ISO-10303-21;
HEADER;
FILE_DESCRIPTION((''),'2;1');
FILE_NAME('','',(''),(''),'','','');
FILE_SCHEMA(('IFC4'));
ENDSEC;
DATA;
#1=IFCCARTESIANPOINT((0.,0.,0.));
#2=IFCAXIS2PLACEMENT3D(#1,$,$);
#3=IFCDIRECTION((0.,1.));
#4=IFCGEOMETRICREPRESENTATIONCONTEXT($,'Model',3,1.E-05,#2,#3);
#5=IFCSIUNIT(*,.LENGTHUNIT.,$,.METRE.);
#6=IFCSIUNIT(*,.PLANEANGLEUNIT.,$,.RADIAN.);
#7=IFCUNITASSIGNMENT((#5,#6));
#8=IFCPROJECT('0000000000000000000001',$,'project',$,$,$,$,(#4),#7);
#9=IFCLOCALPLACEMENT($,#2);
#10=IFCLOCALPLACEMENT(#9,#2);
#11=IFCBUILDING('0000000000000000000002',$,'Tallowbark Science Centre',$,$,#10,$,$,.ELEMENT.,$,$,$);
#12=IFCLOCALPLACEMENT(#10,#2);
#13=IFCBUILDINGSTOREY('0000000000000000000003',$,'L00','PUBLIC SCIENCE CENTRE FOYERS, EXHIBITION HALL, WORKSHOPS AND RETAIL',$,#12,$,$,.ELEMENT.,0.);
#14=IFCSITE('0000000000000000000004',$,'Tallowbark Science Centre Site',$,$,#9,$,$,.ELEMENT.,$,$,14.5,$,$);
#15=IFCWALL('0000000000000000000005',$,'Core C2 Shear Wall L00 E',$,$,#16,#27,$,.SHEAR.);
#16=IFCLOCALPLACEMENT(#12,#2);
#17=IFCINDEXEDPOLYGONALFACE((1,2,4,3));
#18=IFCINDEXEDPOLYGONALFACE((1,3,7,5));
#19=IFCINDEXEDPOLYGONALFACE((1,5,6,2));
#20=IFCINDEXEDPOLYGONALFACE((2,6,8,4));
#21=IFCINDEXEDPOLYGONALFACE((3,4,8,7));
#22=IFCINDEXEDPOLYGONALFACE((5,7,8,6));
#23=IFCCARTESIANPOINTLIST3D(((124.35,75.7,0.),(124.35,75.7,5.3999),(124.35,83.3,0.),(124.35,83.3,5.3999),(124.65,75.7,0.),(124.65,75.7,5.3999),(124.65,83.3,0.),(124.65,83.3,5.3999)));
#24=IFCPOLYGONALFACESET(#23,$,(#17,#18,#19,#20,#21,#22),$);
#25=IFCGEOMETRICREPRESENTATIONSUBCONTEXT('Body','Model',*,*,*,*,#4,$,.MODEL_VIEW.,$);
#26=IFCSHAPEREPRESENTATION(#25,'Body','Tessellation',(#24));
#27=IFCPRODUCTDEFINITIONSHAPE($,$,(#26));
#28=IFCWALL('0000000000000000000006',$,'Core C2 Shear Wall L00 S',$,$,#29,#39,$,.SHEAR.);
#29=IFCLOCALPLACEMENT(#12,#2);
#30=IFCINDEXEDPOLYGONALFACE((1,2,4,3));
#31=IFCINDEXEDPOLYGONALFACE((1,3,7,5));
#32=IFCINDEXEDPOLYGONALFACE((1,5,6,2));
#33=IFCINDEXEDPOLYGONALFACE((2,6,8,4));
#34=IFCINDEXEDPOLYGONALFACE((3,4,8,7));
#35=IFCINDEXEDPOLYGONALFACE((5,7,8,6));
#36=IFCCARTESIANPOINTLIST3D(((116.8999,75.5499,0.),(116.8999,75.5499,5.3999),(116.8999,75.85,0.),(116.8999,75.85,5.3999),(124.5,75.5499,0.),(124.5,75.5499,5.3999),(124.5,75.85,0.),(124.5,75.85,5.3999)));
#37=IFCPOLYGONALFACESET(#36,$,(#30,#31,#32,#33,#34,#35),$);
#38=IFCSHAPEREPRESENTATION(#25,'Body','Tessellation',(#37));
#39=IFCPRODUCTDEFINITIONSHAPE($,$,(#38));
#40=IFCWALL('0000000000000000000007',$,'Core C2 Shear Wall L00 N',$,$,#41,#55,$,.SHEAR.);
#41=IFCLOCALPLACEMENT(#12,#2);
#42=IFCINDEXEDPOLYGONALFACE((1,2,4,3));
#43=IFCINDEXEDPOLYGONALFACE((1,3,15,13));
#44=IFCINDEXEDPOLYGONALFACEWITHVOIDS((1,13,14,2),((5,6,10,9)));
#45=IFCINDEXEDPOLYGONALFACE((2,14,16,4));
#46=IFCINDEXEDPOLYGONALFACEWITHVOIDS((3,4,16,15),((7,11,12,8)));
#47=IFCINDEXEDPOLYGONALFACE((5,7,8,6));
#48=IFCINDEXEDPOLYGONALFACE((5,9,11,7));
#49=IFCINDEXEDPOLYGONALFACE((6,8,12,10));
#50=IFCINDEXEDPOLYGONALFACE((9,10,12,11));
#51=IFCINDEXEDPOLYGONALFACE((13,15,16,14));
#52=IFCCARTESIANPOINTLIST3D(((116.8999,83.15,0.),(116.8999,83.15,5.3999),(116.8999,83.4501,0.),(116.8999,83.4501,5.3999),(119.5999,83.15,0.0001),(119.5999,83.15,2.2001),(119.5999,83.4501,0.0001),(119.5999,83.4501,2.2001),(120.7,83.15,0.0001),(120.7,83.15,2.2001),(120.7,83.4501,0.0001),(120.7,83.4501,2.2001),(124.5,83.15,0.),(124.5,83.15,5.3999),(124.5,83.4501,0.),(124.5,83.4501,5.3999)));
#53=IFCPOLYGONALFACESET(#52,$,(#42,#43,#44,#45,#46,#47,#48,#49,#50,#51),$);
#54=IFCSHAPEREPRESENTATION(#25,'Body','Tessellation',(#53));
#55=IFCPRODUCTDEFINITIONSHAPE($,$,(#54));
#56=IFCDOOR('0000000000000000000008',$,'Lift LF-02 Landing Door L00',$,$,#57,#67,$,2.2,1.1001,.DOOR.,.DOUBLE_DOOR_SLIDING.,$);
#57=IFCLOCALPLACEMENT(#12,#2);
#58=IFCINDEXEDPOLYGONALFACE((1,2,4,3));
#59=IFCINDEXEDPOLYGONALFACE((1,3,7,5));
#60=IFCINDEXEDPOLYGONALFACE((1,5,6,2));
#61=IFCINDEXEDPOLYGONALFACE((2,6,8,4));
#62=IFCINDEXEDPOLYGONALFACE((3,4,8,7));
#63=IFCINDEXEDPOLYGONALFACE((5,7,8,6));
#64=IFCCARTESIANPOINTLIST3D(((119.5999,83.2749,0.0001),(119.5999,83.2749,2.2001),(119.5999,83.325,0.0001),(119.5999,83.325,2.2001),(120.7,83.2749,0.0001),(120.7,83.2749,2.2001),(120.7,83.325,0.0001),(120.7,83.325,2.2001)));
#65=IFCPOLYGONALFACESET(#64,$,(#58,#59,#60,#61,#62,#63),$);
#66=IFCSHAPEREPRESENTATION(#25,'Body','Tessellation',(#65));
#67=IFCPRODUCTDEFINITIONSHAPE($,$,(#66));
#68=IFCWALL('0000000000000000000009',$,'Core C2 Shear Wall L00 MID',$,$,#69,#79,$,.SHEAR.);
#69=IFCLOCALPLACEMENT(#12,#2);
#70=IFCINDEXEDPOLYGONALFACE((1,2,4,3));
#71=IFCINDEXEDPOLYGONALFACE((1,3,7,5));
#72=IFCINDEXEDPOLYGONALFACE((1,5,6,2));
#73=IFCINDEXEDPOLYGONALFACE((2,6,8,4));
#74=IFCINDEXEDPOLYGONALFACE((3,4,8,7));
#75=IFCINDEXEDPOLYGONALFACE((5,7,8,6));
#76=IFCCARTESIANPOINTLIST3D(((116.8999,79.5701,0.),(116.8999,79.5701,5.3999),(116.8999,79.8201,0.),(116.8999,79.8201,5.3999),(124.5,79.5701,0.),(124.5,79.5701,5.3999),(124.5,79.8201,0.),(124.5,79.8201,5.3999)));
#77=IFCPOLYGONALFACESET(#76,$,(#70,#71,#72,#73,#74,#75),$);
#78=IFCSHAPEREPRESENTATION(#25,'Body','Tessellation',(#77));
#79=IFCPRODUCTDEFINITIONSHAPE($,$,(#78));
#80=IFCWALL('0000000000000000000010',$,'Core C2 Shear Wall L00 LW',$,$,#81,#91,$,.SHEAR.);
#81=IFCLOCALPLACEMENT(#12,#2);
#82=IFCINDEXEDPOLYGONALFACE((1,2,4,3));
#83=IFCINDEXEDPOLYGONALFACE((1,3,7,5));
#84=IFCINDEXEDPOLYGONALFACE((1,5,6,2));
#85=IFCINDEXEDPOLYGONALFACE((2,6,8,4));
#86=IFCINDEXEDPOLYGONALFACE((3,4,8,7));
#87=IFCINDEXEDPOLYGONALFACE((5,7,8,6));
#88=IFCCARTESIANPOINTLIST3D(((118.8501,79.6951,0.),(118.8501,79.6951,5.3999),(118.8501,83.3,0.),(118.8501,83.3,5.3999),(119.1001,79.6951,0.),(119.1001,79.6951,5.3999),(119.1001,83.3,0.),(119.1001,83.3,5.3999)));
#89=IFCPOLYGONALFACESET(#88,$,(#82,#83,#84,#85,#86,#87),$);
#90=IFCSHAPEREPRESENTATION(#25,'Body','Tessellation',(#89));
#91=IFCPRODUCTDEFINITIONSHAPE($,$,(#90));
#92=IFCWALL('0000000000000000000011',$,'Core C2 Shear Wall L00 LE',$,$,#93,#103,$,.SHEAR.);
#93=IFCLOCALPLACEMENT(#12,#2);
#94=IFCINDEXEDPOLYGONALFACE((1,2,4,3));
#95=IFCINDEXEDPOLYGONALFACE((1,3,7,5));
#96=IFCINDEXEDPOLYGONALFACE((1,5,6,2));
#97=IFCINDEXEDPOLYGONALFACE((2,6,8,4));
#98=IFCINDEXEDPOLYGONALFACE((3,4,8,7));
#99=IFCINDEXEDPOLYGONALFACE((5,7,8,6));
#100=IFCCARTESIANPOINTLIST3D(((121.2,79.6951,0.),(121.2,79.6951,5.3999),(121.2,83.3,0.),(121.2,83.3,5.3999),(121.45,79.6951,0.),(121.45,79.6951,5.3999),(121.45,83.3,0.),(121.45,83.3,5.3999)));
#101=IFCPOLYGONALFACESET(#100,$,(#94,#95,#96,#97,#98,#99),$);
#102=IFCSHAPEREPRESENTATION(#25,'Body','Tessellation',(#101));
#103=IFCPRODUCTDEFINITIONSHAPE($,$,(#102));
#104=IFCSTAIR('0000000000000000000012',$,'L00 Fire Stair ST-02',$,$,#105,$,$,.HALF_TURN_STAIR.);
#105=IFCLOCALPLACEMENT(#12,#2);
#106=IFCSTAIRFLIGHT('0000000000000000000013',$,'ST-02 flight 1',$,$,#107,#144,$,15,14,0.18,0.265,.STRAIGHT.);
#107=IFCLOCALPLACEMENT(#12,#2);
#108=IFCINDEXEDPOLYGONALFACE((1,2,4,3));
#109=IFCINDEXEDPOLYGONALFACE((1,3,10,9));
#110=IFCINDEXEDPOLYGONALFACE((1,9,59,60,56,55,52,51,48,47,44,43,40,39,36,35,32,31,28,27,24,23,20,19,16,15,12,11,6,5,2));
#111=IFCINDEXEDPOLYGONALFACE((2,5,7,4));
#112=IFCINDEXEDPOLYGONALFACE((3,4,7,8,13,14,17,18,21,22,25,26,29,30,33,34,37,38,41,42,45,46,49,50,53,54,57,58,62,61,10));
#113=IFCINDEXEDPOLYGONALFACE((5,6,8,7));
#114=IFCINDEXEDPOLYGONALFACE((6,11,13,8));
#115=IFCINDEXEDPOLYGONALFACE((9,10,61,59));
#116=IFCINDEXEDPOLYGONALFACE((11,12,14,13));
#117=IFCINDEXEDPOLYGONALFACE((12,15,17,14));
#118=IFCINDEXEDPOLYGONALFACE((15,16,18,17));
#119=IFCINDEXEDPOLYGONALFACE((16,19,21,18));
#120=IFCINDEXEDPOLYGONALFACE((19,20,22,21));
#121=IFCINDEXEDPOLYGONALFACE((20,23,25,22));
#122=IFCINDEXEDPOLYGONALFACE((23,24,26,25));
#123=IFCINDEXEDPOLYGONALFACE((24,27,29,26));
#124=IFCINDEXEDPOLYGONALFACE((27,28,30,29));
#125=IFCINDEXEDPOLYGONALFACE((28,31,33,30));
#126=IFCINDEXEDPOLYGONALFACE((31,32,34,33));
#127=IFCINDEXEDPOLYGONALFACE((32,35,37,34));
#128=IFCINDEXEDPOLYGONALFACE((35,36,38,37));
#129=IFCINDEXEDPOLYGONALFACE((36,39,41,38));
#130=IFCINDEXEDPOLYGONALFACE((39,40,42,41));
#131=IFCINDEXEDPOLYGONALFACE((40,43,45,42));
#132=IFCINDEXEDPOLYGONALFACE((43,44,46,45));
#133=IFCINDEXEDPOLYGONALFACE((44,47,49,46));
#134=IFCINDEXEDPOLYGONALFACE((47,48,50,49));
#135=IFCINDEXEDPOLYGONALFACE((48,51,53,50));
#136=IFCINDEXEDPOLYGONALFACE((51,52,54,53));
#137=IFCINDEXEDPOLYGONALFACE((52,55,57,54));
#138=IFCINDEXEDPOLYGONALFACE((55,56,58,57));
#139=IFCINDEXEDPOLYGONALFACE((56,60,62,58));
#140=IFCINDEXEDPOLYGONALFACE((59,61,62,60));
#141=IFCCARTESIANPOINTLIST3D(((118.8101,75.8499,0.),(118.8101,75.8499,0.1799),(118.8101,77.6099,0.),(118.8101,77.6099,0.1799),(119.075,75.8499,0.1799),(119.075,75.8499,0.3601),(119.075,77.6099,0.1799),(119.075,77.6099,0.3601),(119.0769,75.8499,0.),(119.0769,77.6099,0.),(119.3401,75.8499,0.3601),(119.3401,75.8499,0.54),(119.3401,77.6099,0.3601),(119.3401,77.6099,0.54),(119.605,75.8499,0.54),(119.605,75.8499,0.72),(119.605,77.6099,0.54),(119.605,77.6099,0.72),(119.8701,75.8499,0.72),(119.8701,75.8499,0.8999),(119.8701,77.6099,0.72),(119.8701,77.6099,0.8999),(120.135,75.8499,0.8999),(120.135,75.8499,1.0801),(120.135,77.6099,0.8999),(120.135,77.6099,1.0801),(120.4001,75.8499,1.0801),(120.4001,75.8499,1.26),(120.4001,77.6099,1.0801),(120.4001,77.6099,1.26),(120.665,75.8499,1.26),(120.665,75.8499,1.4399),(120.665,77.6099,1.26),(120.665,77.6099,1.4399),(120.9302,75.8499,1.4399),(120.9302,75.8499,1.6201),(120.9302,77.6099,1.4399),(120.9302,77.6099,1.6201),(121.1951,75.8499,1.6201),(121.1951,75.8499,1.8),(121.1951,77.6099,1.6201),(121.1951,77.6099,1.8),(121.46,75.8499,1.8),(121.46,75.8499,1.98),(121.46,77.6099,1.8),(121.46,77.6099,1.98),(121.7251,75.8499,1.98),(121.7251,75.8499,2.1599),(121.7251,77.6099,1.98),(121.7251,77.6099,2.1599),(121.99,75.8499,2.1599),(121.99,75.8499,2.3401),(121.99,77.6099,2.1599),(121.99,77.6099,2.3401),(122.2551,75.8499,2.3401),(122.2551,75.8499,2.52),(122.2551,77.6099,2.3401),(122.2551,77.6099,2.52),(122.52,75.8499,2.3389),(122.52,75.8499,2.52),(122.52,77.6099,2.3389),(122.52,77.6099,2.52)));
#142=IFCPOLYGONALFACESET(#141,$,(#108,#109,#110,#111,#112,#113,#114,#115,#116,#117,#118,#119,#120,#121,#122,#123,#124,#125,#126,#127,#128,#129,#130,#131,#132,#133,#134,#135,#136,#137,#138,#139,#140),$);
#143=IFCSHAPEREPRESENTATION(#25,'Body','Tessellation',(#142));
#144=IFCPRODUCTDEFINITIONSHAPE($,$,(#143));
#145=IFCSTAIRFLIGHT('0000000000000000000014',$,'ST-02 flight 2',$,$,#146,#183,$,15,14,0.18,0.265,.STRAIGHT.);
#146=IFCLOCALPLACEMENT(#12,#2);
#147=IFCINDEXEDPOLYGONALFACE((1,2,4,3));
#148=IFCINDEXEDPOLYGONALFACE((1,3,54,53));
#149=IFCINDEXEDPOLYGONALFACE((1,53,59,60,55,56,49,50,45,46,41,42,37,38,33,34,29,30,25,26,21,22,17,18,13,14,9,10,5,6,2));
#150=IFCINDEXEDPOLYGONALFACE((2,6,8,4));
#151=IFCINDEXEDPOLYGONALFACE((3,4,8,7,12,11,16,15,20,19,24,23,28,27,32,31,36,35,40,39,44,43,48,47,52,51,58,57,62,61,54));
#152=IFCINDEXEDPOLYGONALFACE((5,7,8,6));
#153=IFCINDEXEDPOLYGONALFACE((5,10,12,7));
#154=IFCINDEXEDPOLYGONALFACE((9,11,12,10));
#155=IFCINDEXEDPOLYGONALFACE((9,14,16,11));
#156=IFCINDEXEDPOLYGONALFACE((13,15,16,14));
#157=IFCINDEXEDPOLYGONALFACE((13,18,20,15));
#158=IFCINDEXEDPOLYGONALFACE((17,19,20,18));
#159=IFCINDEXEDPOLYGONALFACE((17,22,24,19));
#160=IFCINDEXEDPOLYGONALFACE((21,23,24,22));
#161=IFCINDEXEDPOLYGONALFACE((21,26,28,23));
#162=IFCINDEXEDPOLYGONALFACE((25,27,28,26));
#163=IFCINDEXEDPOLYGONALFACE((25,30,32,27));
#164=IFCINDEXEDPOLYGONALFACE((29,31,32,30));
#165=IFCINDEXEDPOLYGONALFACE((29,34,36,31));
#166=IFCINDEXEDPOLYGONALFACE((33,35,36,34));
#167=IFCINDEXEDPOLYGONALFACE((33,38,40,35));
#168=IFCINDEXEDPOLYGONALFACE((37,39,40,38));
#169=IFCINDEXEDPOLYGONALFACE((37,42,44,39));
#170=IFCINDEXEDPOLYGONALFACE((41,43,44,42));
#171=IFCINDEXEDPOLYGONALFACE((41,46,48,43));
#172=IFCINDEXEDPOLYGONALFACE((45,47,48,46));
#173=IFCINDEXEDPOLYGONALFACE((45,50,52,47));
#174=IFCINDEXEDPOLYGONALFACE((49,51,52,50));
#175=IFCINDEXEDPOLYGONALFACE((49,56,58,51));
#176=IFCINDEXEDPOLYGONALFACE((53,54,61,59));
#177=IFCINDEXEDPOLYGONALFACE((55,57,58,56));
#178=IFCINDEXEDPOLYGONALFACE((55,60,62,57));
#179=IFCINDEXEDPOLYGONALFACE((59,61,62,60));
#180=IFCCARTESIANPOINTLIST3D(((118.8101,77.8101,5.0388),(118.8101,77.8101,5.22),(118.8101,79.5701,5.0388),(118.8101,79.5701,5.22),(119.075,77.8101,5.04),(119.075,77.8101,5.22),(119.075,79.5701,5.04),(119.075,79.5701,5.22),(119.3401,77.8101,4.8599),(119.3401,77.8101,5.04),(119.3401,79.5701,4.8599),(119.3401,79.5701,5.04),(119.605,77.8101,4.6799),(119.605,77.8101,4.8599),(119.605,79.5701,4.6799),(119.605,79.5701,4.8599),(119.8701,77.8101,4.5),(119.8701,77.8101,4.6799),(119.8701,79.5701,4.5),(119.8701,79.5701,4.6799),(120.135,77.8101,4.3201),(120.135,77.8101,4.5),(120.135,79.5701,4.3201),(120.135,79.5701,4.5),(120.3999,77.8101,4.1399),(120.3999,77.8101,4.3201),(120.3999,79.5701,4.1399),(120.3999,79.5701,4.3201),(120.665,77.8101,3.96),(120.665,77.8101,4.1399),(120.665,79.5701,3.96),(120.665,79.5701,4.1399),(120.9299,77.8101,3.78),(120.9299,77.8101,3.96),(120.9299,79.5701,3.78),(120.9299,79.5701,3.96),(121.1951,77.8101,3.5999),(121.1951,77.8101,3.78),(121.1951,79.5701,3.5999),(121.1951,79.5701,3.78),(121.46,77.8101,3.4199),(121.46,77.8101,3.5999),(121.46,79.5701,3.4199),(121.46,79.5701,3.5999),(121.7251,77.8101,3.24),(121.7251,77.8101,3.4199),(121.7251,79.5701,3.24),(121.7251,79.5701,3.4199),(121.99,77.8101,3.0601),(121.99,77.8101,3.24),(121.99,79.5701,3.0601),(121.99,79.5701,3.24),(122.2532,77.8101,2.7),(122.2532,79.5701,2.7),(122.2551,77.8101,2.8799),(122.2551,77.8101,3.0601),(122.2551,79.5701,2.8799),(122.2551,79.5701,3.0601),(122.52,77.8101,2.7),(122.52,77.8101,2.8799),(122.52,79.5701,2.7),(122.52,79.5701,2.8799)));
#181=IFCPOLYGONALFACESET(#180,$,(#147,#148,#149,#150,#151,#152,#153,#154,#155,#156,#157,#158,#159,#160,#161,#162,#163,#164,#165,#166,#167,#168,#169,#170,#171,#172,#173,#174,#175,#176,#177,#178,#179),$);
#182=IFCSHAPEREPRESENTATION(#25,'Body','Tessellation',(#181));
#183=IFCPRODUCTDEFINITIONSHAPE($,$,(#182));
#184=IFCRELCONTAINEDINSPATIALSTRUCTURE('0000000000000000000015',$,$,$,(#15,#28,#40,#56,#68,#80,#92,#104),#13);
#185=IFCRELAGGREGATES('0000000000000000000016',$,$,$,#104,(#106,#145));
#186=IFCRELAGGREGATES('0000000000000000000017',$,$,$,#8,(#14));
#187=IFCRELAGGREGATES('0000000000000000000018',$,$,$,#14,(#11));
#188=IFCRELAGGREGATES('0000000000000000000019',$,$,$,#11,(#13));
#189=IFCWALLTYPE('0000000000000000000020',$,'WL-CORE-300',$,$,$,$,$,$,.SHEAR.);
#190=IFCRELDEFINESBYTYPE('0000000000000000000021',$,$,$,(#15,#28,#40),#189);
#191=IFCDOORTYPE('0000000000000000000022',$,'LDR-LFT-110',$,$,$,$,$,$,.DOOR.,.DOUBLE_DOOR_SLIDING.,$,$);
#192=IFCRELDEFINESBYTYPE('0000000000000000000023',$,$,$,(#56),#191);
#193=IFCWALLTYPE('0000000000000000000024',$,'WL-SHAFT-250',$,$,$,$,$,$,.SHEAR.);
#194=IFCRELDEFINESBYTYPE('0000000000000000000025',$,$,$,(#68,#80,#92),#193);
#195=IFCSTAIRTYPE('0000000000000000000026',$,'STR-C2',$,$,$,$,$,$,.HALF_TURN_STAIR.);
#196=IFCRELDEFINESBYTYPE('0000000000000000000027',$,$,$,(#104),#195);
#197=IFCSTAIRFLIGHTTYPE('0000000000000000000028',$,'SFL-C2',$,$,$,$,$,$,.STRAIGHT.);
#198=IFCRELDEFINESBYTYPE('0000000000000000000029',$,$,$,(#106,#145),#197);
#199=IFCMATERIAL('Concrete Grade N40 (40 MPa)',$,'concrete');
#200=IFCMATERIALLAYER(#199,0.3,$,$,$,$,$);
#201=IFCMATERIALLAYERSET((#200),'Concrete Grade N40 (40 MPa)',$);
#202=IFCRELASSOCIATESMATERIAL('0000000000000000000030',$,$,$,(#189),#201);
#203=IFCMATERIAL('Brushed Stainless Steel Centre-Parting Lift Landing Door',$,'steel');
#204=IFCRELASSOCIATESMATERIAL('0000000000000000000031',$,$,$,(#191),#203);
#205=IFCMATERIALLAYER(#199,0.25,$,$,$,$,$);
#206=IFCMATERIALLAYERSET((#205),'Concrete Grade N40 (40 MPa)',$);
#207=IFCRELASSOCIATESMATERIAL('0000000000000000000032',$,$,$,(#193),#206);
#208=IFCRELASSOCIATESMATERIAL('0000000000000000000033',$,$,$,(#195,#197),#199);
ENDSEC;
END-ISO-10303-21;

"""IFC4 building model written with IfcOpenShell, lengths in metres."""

from ifc_helpers import new_model, si_unit, direction, frame, frame_2d, origin, place, context, subcontext, project, spatial, polyline, rectangle, outline, extrude, material, layer, layer_set, type_object, element, fill, aggregate, save


model = new_model("IFC4")

# Units and contexts
model_context = context("Model", 3, precision=1e-05, world=origin(), true_north=direction((0.0, 1.0)))
body_context = subcontext(model_context, "Body", "Model", "MODEL_VIEW")
ifc_project = project(units=[si_unit("LENGTHUNIT", "METRE"), si_unit("PLANEANGLEUNIT", "RADIAN")], contexts=[model_context])

# Site, building, storey
site_placement = place(None, origin())
site = spatial("IfcSite", under=ifc_project, at=site_placement, Name="Tallowbark Science Centre Site", CompositionType="ELEMENT", RefElevation=14.5)
building_placement = place(site_placement, origin())
building = spatial("IfcBuilding", under=site, at=building_placement, Name="Tallowbark Science Centre", CompositionType="ELEMENT")
storey_placement = place(building_placement, origin())
storey = spatial("IfcBuildingStorey", under=building, at=storey_placement, Name="L00", Description="PUBLIC SCIENCE CENTRE FOYERS, EXHIBITION HALL, WORKSHOPS AND RETAIL", CompositionType="ELEMENT", Elevation=0.0)

# Shared definitions
ifc_material_1 = material(Name="Concrete Grade N40 (40 MPa)", Category="concrete")

# Walls
ifc_layer_1 = layer(ifc_material_1, 0.3)
ifc_layer_set_1 = layer_set([ifc_layer_1], Name="Concrete Grade N40 (40 MPa)")
wall_type_1 = type_object("IfcWallType", Name="WL-CORE-300", PredefinedType="SHEAR", material=ifc_layer_set_1)
for number, where, z_axis, x_axis, name in (
    (1, (124.5, 75.7, 0.0), (0.0, 0.0, 1.0), (0.0, 1.0, 0.0), "Core C2 Shear Wall L00 E"),
    (2, (116.8999, 75.7, 0.0), (0.0, 0.0, 1.0), (1.0, 0.0, 0.0), "Core C2 Shear Wall L00 S"),
):
    element("IfcWall", number, at=place(storey_placement, frame(where, z_axis=z_axis, x_axis=x_axis)), inside=storey, type_object=wall_type_1, Name=name, PredefinedType="SHEAR", context=body_context, shape_type="SweptSolid", body=[
        extrude(rectangle(XDim=7.6001, YDim=0.3, at=frame_2d((3.8, 0.0))), origin(), (0.0, 0.0, 1.0), 5.3999),
    ])

# Wall, opening, door
wall_1_placement = place(storey_placement, frame((116.8999, 83.3, 0.0), z_axis=(0.0, 0.0, 1.0), x_axis=(1.0, 0.0, 0.0)))
wall_1 = element("IfcWall", 3, at=wall_1_placement, inside=storey, type_object=wall_type_1, Name="Core C2 Shear Wall L00 N", PredefinedType="SHEAR", context=body_context, shape_type="SweptSolid", body=[
    extrude(rectangle(XDim=7.6001, YDim=0.3, at=frame_2d((3.8, 0.0))), origin(), (0.0, 0.0, 1.0), 5.3999),
])
opening_1_placement = place(wall_1_placement, frame((2.7, 0.0, 0.0)))
opening_1 = element("IfcOpeningElement", 4, at=opening_1_placement, cuts=wall_1, PredefinedType="OPENING", context=body_context, shape_type="SweptSolid", body=[
    extrude(rectangle(XDim=1.1001, YDim=2.2, at=frame_2d((0.55, 1.1001))), frame((0.0, 0.1602, 0.0), z_axis=(0.0, -1.0, 0.0), x_axis=(1.0, 0.0, 0.0)), (0.0, 0.0, 1.0), 0.3201),
])
ifc_material_2 = material(Name="Brushed Stainless Steel Centre-Parting Lift Landing Door", Category="steel")
door_type_1 = type_object("IfcDoorType", Name="LDR-LFT-110", OperationType="DOUBLE_DOOR_SLIDING", PredefinedType="DOOR", material=ifc_material_2)
door_1_placement = place(opening_1_placement, origin())
door_1 = element("IfcDoor", 5, at=door_1_placement, inside=storey, type_object=door_type_1, Name="Lift LF-02 Landing Door L00", OperationType="DOUBLE_DOOR_SLIDING", OverallHeight=2.2, OverallWidth=1.1001, PredefinedType="DOOR", context=body_context, shape_type="SweptSolid", body=[
    extrude(rectangle(XDim=1.1001, YDim=2.2, at=frame_2d((0.55, 1.1001))), frame((0.0, 0.0249, 0.0), z_axis=(0.0, -1.0, 0.0), x_axis=(1.0, 0.0, 0.0)), (0.0, 0.0, 1.0), 0.05),
])
fill(opening_1, door_1)

# Walls
ifc_layer_2 = layer(ifc_material_1, 0.25)
ifc_layer_set_2 = layer_set([ifc_layer_2], Name="Concrete Grade N40 (40 MPa)")
wall_type_2 = type_object("IfcWallType", Name="WL-SHAFT-250", PredefinedType="SHEAR", material=ifc_layer_set_2)
wall_2_placement = place(storey_placement, frame((116.8999, 79.6951, 0.0), z_axis=(0.0, 0.0, 1.0), x_axis=(1.0, 0.0, 0.0)))
element("IfcWall", 6, at=wall_2_placement, inside=storey, type_object=wall_type_2, Name="Core C2 Shear Wall L00 MID", PredefinedType="SHEAR", context=body_context, shape_type="SweptSolid", body=[
    extrude(rectangle(XDim=7.6001, YDim=0.25, at=frame_2d((3.8, 0.0))), origin(), (0.0, 0.0, 1.0), 5.3999),
])
for number, where, z_axis, x_axis, name in (
    (7, (118.9751, 79.6951, 0.0), (0.0, 0.0, 1.0), (0.0, 1.0, 0.0), "Core C2 Shear Wall L00 LW"),
    (8, (121.325, 79.6951, 0.0), (0.0, 0.0, 1.0), (0.0, 1.0, 0.0), "Core C2 Shear Wall L00 LE"),
):
    element("IfcWall", number, at=place(storey_placement, frame(where, z_axis=z_axis, x_axis=x_axis)), inside=storey, type_object=wall_type_2, Name=name, PredefinedType="SHEAR", context=body_context, shape_type="SweptSolid", body=[
        extrude(rectangle(XDim=3.605, YDim=0.25, at=frame_2d((1.8025, 0.0))), origin(), (0.0, 0.0, 1.0), 5.3999),
    ])

# Stair, stair flights
stair_type = type_object("IfcStairType", Name="STR-C2", PredefinedType="HALF_TURN_STAIR", material=ifc_material_1)
stair_placement = place(storey_placement, origin())
stair = element("IfcStair", 9, at=stair_placement, inside=storey, type_object=stair_type, Name="L00 Fire Stair ST-02", PredefinedType="HALF_TURN_STAIR")
stair_flight_type = type_object("IfcStairFlightType", Name="SFL-C2", PredefinedType="STRAIGHT", material=ifc_material_1)
stair_flight_1_placement = place(storey_placement, frame((118.8101, 76.73, 0.0), z_axis=(0.0, 0.0, 1.0), x_axis=(1.0, 0.0, 0.0)))
stair_flight_1 = element("IfcStairFlight", 10, at=stair_flight_1_placement, type_object=stair_flight_type, Name="ST-02 flight 1", NumberOfRisers=15, NumberOfTreads=14, PredefinedType="STRAIGHT", RiserHeight=0.18, TreadLength=0.265, context=body_context, shape_type="SweptSolid", body=[
    extrude(outline(polyline([(0.0, 0.0), (0.0, 0.1799), (0.2649, 0.1799), (0.2649, 0.3601), (0.53, 0.3601), (0.53, 0.54), (0.7949, 0.54), (0.7949, 0.72), (1.0601, 0.72), (1.0601, 0.8999), (1.325, 0.8999), (1.325, 1.0801), (1.5901, 1.0801), (1.5901, 1.26), (1.855, 1.26), (1.855, 1.4399), (2.1201, 1.4399), (2.1201, 1.6201), (2.385, 1.6201), (2.385, 1.8), (2.6499, 1.8), (2.6499, 1.98), (2.915, 1.98), (2.915, 2.1599), (3.1799, 2.1599), (3.1799, 2.3401), (3.4451, 2.3401), (3.4451, 2.52), (3.71, 2.52), (3.71, 2.7), (3.71, 2.3389), (0.2668, 0.0), (0.0, 0.0)])), frame((0.0, 0.8799, 0.0), z_axis=(0.0, -1.0, 0.0), x_axis=(1.0, 0.0, 0.0)), (0.0, 0.0, 1.0), 1.76),
])
stair_flight_2_placement = place(storey_placement, frame((122.52, 78.6899, 2.7), z_axis=(0.0, 0.0, 1.0), x_axis=(-1.0, 0.0, 0.0)))
stair_flight_2 = element("IfcStairFlight", 11, at=stair_flight_2_placement, type_object=stair_flight_type, Name="ST-02 flight 2", NumberOfRisers=15, NumberOfTreads=14, PredefinedType="STRAIGHT", RiserHeight=0.18, TreadLength=0.265, context=body_context, shape_type="SweptSolid", body=[
    extrude(outline(polyline([(0.0, 0.0), (0.0, 0.1799), (0.2649, 0.1799), (0.2649, 0.3601), (0.53, 0.3601), (0.53, 0.54), (0.7949, 0.54), (0.7949, 0.72), (1.0601, 0.72), (1.0601, 0.8999), (1.325, 0.8999), (1.325, 1.0801), (1.5901, 1.0801), (1.5901, 1.26), (1.855, 1.26), (1.855, 1.4399), (2.1201, 1.4399), (2.1201, 1.6201), (2.385, 1.6201), (2.385, 1.8), (2.6499, 1.8), (2.6499, 1.98), (2.915, 1.98), (2.915, 2.1599), (3.1799, 2.1599), (3.1799, 2.3401), (3.4451, 2.3401), (3.4451, 2.52), (3.71, 2.52), (3.71, 2.7), (3.71, 2.3389), (0.2668, 0.0), (0.0, 0.0)])), frame((0.0, 0.8799, 0.0), z_axis=(0.0, -1.0, 0.0), x_axis=(1.0, 0.0, 0.0)), (0.0, 0.0, 1.0), 1.76),
])
aggregate(stair, [stair_flight_1, stair_flight_2])

save(model, "model.ifc")
